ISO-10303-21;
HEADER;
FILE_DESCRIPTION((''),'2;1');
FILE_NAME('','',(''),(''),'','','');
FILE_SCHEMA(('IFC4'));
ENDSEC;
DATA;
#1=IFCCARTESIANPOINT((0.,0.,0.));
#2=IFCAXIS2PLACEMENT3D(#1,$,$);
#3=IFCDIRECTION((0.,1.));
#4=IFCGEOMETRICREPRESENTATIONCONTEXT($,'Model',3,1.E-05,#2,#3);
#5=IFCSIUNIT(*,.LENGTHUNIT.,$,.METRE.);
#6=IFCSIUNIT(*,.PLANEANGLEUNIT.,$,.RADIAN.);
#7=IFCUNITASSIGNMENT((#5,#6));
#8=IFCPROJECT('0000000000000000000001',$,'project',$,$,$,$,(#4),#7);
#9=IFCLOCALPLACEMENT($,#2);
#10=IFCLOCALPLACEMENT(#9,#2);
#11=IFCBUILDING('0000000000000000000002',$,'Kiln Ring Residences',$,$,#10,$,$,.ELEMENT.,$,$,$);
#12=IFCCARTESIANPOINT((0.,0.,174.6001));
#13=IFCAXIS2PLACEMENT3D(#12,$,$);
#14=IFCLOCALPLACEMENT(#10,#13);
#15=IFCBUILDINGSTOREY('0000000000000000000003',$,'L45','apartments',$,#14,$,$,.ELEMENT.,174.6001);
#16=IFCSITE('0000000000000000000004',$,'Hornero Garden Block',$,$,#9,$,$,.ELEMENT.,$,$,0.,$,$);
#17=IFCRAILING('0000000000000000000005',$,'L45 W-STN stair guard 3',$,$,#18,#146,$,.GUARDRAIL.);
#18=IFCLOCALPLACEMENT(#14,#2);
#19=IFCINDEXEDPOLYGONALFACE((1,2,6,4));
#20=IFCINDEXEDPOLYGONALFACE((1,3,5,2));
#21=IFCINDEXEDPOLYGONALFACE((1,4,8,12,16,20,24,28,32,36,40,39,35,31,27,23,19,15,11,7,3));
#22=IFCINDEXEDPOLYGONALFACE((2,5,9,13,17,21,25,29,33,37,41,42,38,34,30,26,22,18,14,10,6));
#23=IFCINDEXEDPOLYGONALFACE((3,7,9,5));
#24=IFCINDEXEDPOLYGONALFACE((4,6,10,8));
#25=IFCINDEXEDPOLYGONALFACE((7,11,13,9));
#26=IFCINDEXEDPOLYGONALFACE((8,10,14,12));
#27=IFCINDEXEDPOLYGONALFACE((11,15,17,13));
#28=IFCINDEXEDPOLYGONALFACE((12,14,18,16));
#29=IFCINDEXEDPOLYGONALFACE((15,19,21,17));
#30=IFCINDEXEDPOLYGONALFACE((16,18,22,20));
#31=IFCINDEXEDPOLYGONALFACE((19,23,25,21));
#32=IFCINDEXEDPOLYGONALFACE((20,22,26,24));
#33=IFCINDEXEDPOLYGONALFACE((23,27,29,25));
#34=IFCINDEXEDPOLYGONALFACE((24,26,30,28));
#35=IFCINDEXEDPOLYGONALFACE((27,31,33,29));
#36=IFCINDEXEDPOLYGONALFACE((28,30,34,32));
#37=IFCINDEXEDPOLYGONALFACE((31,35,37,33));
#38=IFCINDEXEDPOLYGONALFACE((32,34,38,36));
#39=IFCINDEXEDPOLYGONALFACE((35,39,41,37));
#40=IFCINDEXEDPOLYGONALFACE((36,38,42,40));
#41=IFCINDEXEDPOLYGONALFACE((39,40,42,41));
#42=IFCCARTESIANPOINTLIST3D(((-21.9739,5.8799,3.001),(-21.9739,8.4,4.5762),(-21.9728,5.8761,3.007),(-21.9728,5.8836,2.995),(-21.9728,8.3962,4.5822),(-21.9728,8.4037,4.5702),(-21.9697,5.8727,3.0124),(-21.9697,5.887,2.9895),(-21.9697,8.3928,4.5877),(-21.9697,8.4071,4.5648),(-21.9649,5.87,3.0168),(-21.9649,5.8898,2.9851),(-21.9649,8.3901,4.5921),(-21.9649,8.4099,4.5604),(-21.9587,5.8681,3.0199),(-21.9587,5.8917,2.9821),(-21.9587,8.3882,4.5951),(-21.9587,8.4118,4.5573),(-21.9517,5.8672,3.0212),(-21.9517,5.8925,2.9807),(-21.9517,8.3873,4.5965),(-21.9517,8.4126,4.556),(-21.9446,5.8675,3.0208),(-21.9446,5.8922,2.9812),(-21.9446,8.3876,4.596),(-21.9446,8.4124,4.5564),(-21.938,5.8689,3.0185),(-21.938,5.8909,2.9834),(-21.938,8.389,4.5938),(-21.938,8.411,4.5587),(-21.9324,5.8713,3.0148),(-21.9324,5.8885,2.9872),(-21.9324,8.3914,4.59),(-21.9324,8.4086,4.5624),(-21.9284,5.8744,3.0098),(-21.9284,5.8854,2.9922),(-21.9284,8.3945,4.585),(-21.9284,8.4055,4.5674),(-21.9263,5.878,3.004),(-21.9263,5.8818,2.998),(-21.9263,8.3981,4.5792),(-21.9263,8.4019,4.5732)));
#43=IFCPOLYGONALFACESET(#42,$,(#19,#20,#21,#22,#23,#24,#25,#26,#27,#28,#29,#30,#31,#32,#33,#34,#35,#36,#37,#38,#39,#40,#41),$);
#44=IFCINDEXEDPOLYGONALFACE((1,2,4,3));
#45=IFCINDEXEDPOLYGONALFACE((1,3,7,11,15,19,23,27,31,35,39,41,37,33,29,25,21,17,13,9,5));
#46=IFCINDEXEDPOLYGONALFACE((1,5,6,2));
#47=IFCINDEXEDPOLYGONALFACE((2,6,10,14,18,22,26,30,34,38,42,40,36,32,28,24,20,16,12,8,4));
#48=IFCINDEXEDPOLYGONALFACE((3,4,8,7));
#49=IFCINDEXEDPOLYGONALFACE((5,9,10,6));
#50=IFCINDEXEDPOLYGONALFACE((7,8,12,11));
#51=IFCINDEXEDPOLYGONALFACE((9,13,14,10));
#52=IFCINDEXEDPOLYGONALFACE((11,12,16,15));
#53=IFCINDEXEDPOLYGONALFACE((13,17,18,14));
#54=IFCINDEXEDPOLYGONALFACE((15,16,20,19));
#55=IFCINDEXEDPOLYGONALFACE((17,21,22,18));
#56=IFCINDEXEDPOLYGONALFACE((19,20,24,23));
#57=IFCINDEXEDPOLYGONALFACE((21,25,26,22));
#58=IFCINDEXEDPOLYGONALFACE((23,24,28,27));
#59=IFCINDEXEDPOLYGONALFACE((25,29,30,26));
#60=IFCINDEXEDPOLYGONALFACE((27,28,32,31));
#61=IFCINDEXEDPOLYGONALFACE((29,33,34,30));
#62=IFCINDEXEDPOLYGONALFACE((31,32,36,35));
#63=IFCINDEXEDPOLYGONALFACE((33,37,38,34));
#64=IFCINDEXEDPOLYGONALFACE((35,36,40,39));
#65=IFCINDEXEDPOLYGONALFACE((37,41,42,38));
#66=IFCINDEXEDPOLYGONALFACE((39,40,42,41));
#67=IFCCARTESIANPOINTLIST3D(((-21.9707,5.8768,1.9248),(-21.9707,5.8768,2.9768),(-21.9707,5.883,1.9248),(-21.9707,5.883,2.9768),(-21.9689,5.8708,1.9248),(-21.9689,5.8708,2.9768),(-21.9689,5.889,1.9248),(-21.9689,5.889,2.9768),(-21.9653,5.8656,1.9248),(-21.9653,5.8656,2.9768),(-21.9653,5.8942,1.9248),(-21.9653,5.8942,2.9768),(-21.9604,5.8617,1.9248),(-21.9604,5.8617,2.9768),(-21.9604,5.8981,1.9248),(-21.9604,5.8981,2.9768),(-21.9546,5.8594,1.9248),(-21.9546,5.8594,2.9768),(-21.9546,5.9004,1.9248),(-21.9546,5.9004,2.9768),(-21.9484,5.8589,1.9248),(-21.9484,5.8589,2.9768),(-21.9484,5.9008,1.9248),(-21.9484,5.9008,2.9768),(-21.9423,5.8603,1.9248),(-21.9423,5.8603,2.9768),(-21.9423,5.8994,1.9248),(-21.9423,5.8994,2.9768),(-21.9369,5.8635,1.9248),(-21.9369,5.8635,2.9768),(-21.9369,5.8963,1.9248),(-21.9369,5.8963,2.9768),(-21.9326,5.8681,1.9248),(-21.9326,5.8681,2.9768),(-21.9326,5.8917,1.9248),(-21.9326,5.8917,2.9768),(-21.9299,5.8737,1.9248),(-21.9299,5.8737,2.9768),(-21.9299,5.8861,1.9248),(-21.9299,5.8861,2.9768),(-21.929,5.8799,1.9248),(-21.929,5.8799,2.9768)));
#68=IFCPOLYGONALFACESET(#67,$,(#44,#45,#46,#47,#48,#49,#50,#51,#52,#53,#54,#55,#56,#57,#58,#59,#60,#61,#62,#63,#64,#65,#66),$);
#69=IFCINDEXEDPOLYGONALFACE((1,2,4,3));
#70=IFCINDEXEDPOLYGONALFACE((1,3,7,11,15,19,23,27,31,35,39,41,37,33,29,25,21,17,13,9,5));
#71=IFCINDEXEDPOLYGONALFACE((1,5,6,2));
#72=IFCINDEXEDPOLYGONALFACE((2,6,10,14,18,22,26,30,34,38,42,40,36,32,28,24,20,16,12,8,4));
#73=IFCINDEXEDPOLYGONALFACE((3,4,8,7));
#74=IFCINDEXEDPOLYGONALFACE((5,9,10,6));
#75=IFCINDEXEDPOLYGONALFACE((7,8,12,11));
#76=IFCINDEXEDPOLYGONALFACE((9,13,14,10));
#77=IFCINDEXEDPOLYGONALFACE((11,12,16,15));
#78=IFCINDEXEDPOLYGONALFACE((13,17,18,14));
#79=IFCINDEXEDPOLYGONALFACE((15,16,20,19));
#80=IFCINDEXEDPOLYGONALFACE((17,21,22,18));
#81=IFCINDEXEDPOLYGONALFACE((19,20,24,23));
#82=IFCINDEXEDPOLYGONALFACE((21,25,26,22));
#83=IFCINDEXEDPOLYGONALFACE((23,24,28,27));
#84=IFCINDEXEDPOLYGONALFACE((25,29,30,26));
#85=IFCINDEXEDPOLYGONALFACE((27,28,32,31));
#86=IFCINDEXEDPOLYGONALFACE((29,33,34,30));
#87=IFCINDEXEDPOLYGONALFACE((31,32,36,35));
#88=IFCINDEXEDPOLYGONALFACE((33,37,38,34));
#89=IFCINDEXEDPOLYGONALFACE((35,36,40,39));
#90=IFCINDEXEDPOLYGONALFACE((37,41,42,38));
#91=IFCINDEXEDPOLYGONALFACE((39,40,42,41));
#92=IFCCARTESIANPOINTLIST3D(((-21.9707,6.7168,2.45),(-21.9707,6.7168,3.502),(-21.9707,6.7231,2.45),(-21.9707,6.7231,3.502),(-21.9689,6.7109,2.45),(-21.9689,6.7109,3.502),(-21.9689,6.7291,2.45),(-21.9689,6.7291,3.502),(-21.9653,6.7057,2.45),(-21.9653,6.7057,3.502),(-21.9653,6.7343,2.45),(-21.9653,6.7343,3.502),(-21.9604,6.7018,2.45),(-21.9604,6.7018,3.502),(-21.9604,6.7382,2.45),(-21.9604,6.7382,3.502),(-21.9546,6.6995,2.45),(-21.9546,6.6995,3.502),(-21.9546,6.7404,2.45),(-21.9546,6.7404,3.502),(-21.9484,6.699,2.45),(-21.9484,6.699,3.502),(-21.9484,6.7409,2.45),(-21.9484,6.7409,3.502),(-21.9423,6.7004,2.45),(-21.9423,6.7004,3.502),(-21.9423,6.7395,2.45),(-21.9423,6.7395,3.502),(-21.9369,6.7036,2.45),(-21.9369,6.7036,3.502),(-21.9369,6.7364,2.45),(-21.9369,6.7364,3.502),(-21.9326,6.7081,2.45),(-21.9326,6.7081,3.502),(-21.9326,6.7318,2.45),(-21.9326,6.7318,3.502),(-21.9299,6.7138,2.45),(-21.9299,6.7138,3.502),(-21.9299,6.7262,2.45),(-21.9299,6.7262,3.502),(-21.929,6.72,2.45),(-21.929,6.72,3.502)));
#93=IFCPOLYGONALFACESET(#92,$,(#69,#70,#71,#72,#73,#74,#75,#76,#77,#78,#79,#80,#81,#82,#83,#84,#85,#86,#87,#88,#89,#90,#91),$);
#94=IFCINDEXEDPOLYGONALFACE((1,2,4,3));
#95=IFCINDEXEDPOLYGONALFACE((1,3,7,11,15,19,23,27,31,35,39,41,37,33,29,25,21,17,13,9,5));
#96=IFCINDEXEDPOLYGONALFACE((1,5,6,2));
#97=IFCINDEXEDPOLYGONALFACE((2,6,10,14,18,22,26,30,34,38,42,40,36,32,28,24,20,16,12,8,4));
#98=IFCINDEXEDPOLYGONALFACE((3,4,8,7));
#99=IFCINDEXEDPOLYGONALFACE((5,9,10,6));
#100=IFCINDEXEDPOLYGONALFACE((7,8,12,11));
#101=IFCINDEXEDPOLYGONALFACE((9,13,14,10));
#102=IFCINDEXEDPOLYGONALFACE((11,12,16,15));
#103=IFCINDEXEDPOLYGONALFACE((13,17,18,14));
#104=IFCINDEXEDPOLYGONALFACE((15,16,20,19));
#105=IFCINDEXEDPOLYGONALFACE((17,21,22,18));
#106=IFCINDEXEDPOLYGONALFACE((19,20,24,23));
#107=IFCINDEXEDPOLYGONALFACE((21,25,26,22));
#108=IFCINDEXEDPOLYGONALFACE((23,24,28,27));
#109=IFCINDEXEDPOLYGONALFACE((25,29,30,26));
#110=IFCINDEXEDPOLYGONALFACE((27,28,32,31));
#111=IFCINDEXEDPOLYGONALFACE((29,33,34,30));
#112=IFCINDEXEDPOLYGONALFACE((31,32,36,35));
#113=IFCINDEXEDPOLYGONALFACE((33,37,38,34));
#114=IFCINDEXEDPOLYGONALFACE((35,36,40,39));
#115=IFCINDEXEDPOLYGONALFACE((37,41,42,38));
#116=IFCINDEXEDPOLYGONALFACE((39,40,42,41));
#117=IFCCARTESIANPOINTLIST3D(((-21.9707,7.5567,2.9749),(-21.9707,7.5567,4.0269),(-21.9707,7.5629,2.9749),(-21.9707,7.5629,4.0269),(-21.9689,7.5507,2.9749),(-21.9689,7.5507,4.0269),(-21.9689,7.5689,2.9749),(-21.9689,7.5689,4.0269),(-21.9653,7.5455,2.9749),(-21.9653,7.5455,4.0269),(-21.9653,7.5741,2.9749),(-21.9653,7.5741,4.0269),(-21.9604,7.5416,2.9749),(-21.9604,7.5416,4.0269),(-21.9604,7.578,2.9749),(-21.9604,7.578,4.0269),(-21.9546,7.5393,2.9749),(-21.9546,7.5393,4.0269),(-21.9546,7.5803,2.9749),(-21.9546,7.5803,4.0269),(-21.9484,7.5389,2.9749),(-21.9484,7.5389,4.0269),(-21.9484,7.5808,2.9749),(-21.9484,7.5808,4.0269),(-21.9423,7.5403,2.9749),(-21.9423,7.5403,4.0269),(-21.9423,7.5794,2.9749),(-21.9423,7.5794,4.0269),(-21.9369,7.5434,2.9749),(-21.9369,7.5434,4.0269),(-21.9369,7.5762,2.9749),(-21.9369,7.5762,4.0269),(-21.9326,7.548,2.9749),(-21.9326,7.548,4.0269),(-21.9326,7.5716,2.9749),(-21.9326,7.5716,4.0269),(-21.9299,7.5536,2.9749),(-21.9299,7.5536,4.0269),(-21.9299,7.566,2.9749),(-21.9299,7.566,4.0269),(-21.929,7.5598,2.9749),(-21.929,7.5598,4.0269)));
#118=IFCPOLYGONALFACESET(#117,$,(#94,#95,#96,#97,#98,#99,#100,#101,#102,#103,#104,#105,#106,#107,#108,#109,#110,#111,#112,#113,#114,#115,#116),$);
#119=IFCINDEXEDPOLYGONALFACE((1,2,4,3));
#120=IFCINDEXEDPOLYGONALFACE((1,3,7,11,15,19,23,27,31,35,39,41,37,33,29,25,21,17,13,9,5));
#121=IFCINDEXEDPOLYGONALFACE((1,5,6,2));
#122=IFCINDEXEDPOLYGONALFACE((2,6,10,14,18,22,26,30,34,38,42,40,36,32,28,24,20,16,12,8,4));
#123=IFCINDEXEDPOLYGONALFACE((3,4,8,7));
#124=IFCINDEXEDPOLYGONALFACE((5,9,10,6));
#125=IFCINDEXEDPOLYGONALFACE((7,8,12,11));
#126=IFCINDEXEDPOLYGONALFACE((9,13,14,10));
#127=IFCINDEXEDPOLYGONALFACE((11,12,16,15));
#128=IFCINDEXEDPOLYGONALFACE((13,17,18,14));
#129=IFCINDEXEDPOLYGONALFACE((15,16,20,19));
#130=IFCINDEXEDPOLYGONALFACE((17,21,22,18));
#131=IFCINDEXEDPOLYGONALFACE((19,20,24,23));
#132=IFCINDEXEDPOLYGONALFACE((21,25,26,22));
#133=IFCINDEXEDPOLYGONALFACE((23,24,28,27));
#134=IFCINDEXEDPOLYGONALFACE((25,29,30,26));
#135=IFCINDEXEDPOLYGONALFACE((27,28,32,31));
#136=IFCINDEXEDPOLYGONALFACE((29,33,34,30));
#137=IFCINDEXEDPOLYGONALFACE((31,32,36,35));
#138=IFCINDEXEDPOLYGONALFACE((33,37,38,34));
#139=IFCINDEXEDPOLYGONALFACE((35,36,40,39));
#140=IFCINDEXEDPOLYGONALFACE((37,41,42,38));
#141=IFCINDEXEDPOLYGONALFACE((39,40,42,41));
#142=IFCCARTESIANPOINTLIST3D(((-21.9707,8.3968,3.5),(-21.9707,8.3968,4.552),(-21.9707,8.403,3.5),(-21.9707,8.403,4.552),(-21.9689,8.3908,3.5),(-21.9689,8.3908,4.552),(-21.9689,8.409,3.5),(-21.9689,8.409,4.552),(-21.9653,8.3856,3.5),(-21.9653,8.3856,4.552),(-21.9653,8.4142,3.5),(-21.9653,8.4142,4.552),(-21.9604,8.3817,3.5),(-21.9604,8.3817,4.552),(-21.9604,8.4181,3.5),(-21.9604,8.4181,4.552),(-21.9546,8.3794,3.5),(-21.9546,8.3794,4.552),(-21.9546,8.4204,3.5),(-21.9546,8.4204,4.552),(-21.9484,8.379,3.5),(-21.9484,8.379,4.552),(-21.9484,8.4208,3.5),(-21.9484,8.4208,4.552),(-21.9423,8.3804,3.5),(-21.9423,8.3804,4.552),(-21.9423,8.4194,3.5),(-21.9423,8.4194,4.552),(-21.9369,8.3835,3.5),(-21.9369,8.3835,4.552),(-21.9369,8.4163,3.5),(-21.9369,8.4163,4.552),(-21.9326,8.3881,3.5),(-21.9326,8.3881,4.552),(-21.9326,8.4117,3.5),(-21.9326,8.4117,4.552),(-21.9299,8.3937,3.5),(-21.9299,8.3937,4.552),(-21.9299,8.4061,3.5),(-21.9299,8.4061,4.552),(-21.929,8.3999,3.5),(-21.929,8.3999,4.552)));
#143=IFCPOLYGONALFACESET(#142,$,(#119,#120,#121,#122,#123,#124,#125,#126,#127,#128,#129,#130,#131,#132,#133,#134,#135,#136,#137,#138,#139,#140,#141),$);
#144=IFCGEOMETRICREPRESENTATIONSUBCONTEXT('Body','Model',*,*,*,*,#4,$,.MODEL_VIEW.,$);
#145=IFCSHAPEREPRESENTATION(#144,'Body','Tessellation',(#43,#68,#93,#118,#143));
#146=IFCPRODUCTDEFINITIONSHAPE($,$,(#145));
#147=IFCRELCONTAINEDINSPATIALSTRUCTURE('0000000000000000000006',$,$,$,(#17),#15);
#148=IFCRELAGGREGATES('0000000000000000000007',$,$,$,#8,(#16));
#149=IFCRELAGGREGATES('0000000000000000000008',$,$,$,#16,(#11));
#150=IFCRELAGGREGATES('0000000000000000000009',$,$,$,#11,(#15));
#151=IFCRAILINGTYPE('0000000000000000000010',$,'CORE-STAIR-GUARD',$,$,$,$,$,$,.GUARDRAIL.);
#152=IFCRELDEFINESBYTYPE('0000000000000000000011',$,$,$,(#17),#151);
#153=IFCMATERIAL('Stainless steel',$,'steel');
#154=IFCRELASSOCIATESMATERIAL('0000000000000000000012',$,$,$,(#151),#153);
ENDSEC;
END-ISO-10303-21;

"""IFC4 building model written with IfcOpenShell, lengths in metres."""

from ifc_helpers import new_model, si_unit, direction, frame, origin, origin_2d, place, context, subcontext, project, spatial, circle, extrude, material, type_object, element, save


model = new_model("IFC4")

# Units and contexts
model_context = context("Model", 3, precision=1e-05, world=origin(), true_north=direction((0.0, 1.0)))
body_context = subcontext(model_context, "Body", "Model", "MODEL_VIEW")
ifc_project = project(units=[si_unit("LENGTHUNIT", "METRE"), si_unit("PLANEANGLEUNIT", "RADIAN")], contexts=[model_context])

# Site, building, storey
site_placement = place(None, origin())
site = spatial("IfcSite", under=ifc_project, at=site_placement, Name="Hornero Garden Block", CompositionType="ELEMENT", RefElevation=0.0)
building_placement = place(site_placement, origin())
building = spatial("IfcBuilding", under=site, at=building_placement, Name="Kiln Ring Residences", CompositionType="ELEMENT")
storey_placement = place(building_placement, frame((0.0, 0.0, 174.6001)))
storey = spatial("IfcBuildingStorey", under=building, at=storey_placement, Name="L45", Description="apartments", CompositionType="ELEMENT", Elevation=174.6001)

# Railing
ifc_material_1 = material(Name="Stainless steel", Category="steel")
railing_type_1 = type_object("IfcRailingType", Name="CORE-STAIR-GUARD", PredefinedType="GUARDRAIL", material=ifc_material_1)
railing_1_placement = place(storey_placement, frame((-21.95, 5.8799, 1.9248)))
element("IfcRailing", 1, at=railing_1_placement, inside=storey, type_object=railing_type_1, Name="L45 W-STN stair guard 3", PredefinedType="GUARDRAIL", context=body_context, shape_type="SweptSolid", body=[
    extrude(circle(Radius=0.0239, at=origin_2d()), frame((0.0, 0.0, 1.0762), z_axis=(0.0, 0.847971, 0.530043), x_axis=(-1.0, 0.0, 0.0)), (0.0, 0.0, 1.0), 2.9719),
    extrude(circle(Radius=0.021, at=origin_2d()), origin(), (0.0, 0.0, 1.0), 1.052),
    extrude(circle(Radius=0.021, at=origin_2d()), frame((0.0, 0.8401, 0.5251)), (0.0, 0.0, 1.0), 1.052),
    extrude(circle(Radius=0.021, at=origin_2d()), frame((0.0, 1.6799, 1.05)), (0.0, 0.0, 1.0), 1.052),
    extrude(circle(Radius=0.021, at=origin_2d()), frame((0.0, 2.52, 1.5752)), (0.0, 0.0, 1.0), 1.052),
])

save(model, "model.ifc")
